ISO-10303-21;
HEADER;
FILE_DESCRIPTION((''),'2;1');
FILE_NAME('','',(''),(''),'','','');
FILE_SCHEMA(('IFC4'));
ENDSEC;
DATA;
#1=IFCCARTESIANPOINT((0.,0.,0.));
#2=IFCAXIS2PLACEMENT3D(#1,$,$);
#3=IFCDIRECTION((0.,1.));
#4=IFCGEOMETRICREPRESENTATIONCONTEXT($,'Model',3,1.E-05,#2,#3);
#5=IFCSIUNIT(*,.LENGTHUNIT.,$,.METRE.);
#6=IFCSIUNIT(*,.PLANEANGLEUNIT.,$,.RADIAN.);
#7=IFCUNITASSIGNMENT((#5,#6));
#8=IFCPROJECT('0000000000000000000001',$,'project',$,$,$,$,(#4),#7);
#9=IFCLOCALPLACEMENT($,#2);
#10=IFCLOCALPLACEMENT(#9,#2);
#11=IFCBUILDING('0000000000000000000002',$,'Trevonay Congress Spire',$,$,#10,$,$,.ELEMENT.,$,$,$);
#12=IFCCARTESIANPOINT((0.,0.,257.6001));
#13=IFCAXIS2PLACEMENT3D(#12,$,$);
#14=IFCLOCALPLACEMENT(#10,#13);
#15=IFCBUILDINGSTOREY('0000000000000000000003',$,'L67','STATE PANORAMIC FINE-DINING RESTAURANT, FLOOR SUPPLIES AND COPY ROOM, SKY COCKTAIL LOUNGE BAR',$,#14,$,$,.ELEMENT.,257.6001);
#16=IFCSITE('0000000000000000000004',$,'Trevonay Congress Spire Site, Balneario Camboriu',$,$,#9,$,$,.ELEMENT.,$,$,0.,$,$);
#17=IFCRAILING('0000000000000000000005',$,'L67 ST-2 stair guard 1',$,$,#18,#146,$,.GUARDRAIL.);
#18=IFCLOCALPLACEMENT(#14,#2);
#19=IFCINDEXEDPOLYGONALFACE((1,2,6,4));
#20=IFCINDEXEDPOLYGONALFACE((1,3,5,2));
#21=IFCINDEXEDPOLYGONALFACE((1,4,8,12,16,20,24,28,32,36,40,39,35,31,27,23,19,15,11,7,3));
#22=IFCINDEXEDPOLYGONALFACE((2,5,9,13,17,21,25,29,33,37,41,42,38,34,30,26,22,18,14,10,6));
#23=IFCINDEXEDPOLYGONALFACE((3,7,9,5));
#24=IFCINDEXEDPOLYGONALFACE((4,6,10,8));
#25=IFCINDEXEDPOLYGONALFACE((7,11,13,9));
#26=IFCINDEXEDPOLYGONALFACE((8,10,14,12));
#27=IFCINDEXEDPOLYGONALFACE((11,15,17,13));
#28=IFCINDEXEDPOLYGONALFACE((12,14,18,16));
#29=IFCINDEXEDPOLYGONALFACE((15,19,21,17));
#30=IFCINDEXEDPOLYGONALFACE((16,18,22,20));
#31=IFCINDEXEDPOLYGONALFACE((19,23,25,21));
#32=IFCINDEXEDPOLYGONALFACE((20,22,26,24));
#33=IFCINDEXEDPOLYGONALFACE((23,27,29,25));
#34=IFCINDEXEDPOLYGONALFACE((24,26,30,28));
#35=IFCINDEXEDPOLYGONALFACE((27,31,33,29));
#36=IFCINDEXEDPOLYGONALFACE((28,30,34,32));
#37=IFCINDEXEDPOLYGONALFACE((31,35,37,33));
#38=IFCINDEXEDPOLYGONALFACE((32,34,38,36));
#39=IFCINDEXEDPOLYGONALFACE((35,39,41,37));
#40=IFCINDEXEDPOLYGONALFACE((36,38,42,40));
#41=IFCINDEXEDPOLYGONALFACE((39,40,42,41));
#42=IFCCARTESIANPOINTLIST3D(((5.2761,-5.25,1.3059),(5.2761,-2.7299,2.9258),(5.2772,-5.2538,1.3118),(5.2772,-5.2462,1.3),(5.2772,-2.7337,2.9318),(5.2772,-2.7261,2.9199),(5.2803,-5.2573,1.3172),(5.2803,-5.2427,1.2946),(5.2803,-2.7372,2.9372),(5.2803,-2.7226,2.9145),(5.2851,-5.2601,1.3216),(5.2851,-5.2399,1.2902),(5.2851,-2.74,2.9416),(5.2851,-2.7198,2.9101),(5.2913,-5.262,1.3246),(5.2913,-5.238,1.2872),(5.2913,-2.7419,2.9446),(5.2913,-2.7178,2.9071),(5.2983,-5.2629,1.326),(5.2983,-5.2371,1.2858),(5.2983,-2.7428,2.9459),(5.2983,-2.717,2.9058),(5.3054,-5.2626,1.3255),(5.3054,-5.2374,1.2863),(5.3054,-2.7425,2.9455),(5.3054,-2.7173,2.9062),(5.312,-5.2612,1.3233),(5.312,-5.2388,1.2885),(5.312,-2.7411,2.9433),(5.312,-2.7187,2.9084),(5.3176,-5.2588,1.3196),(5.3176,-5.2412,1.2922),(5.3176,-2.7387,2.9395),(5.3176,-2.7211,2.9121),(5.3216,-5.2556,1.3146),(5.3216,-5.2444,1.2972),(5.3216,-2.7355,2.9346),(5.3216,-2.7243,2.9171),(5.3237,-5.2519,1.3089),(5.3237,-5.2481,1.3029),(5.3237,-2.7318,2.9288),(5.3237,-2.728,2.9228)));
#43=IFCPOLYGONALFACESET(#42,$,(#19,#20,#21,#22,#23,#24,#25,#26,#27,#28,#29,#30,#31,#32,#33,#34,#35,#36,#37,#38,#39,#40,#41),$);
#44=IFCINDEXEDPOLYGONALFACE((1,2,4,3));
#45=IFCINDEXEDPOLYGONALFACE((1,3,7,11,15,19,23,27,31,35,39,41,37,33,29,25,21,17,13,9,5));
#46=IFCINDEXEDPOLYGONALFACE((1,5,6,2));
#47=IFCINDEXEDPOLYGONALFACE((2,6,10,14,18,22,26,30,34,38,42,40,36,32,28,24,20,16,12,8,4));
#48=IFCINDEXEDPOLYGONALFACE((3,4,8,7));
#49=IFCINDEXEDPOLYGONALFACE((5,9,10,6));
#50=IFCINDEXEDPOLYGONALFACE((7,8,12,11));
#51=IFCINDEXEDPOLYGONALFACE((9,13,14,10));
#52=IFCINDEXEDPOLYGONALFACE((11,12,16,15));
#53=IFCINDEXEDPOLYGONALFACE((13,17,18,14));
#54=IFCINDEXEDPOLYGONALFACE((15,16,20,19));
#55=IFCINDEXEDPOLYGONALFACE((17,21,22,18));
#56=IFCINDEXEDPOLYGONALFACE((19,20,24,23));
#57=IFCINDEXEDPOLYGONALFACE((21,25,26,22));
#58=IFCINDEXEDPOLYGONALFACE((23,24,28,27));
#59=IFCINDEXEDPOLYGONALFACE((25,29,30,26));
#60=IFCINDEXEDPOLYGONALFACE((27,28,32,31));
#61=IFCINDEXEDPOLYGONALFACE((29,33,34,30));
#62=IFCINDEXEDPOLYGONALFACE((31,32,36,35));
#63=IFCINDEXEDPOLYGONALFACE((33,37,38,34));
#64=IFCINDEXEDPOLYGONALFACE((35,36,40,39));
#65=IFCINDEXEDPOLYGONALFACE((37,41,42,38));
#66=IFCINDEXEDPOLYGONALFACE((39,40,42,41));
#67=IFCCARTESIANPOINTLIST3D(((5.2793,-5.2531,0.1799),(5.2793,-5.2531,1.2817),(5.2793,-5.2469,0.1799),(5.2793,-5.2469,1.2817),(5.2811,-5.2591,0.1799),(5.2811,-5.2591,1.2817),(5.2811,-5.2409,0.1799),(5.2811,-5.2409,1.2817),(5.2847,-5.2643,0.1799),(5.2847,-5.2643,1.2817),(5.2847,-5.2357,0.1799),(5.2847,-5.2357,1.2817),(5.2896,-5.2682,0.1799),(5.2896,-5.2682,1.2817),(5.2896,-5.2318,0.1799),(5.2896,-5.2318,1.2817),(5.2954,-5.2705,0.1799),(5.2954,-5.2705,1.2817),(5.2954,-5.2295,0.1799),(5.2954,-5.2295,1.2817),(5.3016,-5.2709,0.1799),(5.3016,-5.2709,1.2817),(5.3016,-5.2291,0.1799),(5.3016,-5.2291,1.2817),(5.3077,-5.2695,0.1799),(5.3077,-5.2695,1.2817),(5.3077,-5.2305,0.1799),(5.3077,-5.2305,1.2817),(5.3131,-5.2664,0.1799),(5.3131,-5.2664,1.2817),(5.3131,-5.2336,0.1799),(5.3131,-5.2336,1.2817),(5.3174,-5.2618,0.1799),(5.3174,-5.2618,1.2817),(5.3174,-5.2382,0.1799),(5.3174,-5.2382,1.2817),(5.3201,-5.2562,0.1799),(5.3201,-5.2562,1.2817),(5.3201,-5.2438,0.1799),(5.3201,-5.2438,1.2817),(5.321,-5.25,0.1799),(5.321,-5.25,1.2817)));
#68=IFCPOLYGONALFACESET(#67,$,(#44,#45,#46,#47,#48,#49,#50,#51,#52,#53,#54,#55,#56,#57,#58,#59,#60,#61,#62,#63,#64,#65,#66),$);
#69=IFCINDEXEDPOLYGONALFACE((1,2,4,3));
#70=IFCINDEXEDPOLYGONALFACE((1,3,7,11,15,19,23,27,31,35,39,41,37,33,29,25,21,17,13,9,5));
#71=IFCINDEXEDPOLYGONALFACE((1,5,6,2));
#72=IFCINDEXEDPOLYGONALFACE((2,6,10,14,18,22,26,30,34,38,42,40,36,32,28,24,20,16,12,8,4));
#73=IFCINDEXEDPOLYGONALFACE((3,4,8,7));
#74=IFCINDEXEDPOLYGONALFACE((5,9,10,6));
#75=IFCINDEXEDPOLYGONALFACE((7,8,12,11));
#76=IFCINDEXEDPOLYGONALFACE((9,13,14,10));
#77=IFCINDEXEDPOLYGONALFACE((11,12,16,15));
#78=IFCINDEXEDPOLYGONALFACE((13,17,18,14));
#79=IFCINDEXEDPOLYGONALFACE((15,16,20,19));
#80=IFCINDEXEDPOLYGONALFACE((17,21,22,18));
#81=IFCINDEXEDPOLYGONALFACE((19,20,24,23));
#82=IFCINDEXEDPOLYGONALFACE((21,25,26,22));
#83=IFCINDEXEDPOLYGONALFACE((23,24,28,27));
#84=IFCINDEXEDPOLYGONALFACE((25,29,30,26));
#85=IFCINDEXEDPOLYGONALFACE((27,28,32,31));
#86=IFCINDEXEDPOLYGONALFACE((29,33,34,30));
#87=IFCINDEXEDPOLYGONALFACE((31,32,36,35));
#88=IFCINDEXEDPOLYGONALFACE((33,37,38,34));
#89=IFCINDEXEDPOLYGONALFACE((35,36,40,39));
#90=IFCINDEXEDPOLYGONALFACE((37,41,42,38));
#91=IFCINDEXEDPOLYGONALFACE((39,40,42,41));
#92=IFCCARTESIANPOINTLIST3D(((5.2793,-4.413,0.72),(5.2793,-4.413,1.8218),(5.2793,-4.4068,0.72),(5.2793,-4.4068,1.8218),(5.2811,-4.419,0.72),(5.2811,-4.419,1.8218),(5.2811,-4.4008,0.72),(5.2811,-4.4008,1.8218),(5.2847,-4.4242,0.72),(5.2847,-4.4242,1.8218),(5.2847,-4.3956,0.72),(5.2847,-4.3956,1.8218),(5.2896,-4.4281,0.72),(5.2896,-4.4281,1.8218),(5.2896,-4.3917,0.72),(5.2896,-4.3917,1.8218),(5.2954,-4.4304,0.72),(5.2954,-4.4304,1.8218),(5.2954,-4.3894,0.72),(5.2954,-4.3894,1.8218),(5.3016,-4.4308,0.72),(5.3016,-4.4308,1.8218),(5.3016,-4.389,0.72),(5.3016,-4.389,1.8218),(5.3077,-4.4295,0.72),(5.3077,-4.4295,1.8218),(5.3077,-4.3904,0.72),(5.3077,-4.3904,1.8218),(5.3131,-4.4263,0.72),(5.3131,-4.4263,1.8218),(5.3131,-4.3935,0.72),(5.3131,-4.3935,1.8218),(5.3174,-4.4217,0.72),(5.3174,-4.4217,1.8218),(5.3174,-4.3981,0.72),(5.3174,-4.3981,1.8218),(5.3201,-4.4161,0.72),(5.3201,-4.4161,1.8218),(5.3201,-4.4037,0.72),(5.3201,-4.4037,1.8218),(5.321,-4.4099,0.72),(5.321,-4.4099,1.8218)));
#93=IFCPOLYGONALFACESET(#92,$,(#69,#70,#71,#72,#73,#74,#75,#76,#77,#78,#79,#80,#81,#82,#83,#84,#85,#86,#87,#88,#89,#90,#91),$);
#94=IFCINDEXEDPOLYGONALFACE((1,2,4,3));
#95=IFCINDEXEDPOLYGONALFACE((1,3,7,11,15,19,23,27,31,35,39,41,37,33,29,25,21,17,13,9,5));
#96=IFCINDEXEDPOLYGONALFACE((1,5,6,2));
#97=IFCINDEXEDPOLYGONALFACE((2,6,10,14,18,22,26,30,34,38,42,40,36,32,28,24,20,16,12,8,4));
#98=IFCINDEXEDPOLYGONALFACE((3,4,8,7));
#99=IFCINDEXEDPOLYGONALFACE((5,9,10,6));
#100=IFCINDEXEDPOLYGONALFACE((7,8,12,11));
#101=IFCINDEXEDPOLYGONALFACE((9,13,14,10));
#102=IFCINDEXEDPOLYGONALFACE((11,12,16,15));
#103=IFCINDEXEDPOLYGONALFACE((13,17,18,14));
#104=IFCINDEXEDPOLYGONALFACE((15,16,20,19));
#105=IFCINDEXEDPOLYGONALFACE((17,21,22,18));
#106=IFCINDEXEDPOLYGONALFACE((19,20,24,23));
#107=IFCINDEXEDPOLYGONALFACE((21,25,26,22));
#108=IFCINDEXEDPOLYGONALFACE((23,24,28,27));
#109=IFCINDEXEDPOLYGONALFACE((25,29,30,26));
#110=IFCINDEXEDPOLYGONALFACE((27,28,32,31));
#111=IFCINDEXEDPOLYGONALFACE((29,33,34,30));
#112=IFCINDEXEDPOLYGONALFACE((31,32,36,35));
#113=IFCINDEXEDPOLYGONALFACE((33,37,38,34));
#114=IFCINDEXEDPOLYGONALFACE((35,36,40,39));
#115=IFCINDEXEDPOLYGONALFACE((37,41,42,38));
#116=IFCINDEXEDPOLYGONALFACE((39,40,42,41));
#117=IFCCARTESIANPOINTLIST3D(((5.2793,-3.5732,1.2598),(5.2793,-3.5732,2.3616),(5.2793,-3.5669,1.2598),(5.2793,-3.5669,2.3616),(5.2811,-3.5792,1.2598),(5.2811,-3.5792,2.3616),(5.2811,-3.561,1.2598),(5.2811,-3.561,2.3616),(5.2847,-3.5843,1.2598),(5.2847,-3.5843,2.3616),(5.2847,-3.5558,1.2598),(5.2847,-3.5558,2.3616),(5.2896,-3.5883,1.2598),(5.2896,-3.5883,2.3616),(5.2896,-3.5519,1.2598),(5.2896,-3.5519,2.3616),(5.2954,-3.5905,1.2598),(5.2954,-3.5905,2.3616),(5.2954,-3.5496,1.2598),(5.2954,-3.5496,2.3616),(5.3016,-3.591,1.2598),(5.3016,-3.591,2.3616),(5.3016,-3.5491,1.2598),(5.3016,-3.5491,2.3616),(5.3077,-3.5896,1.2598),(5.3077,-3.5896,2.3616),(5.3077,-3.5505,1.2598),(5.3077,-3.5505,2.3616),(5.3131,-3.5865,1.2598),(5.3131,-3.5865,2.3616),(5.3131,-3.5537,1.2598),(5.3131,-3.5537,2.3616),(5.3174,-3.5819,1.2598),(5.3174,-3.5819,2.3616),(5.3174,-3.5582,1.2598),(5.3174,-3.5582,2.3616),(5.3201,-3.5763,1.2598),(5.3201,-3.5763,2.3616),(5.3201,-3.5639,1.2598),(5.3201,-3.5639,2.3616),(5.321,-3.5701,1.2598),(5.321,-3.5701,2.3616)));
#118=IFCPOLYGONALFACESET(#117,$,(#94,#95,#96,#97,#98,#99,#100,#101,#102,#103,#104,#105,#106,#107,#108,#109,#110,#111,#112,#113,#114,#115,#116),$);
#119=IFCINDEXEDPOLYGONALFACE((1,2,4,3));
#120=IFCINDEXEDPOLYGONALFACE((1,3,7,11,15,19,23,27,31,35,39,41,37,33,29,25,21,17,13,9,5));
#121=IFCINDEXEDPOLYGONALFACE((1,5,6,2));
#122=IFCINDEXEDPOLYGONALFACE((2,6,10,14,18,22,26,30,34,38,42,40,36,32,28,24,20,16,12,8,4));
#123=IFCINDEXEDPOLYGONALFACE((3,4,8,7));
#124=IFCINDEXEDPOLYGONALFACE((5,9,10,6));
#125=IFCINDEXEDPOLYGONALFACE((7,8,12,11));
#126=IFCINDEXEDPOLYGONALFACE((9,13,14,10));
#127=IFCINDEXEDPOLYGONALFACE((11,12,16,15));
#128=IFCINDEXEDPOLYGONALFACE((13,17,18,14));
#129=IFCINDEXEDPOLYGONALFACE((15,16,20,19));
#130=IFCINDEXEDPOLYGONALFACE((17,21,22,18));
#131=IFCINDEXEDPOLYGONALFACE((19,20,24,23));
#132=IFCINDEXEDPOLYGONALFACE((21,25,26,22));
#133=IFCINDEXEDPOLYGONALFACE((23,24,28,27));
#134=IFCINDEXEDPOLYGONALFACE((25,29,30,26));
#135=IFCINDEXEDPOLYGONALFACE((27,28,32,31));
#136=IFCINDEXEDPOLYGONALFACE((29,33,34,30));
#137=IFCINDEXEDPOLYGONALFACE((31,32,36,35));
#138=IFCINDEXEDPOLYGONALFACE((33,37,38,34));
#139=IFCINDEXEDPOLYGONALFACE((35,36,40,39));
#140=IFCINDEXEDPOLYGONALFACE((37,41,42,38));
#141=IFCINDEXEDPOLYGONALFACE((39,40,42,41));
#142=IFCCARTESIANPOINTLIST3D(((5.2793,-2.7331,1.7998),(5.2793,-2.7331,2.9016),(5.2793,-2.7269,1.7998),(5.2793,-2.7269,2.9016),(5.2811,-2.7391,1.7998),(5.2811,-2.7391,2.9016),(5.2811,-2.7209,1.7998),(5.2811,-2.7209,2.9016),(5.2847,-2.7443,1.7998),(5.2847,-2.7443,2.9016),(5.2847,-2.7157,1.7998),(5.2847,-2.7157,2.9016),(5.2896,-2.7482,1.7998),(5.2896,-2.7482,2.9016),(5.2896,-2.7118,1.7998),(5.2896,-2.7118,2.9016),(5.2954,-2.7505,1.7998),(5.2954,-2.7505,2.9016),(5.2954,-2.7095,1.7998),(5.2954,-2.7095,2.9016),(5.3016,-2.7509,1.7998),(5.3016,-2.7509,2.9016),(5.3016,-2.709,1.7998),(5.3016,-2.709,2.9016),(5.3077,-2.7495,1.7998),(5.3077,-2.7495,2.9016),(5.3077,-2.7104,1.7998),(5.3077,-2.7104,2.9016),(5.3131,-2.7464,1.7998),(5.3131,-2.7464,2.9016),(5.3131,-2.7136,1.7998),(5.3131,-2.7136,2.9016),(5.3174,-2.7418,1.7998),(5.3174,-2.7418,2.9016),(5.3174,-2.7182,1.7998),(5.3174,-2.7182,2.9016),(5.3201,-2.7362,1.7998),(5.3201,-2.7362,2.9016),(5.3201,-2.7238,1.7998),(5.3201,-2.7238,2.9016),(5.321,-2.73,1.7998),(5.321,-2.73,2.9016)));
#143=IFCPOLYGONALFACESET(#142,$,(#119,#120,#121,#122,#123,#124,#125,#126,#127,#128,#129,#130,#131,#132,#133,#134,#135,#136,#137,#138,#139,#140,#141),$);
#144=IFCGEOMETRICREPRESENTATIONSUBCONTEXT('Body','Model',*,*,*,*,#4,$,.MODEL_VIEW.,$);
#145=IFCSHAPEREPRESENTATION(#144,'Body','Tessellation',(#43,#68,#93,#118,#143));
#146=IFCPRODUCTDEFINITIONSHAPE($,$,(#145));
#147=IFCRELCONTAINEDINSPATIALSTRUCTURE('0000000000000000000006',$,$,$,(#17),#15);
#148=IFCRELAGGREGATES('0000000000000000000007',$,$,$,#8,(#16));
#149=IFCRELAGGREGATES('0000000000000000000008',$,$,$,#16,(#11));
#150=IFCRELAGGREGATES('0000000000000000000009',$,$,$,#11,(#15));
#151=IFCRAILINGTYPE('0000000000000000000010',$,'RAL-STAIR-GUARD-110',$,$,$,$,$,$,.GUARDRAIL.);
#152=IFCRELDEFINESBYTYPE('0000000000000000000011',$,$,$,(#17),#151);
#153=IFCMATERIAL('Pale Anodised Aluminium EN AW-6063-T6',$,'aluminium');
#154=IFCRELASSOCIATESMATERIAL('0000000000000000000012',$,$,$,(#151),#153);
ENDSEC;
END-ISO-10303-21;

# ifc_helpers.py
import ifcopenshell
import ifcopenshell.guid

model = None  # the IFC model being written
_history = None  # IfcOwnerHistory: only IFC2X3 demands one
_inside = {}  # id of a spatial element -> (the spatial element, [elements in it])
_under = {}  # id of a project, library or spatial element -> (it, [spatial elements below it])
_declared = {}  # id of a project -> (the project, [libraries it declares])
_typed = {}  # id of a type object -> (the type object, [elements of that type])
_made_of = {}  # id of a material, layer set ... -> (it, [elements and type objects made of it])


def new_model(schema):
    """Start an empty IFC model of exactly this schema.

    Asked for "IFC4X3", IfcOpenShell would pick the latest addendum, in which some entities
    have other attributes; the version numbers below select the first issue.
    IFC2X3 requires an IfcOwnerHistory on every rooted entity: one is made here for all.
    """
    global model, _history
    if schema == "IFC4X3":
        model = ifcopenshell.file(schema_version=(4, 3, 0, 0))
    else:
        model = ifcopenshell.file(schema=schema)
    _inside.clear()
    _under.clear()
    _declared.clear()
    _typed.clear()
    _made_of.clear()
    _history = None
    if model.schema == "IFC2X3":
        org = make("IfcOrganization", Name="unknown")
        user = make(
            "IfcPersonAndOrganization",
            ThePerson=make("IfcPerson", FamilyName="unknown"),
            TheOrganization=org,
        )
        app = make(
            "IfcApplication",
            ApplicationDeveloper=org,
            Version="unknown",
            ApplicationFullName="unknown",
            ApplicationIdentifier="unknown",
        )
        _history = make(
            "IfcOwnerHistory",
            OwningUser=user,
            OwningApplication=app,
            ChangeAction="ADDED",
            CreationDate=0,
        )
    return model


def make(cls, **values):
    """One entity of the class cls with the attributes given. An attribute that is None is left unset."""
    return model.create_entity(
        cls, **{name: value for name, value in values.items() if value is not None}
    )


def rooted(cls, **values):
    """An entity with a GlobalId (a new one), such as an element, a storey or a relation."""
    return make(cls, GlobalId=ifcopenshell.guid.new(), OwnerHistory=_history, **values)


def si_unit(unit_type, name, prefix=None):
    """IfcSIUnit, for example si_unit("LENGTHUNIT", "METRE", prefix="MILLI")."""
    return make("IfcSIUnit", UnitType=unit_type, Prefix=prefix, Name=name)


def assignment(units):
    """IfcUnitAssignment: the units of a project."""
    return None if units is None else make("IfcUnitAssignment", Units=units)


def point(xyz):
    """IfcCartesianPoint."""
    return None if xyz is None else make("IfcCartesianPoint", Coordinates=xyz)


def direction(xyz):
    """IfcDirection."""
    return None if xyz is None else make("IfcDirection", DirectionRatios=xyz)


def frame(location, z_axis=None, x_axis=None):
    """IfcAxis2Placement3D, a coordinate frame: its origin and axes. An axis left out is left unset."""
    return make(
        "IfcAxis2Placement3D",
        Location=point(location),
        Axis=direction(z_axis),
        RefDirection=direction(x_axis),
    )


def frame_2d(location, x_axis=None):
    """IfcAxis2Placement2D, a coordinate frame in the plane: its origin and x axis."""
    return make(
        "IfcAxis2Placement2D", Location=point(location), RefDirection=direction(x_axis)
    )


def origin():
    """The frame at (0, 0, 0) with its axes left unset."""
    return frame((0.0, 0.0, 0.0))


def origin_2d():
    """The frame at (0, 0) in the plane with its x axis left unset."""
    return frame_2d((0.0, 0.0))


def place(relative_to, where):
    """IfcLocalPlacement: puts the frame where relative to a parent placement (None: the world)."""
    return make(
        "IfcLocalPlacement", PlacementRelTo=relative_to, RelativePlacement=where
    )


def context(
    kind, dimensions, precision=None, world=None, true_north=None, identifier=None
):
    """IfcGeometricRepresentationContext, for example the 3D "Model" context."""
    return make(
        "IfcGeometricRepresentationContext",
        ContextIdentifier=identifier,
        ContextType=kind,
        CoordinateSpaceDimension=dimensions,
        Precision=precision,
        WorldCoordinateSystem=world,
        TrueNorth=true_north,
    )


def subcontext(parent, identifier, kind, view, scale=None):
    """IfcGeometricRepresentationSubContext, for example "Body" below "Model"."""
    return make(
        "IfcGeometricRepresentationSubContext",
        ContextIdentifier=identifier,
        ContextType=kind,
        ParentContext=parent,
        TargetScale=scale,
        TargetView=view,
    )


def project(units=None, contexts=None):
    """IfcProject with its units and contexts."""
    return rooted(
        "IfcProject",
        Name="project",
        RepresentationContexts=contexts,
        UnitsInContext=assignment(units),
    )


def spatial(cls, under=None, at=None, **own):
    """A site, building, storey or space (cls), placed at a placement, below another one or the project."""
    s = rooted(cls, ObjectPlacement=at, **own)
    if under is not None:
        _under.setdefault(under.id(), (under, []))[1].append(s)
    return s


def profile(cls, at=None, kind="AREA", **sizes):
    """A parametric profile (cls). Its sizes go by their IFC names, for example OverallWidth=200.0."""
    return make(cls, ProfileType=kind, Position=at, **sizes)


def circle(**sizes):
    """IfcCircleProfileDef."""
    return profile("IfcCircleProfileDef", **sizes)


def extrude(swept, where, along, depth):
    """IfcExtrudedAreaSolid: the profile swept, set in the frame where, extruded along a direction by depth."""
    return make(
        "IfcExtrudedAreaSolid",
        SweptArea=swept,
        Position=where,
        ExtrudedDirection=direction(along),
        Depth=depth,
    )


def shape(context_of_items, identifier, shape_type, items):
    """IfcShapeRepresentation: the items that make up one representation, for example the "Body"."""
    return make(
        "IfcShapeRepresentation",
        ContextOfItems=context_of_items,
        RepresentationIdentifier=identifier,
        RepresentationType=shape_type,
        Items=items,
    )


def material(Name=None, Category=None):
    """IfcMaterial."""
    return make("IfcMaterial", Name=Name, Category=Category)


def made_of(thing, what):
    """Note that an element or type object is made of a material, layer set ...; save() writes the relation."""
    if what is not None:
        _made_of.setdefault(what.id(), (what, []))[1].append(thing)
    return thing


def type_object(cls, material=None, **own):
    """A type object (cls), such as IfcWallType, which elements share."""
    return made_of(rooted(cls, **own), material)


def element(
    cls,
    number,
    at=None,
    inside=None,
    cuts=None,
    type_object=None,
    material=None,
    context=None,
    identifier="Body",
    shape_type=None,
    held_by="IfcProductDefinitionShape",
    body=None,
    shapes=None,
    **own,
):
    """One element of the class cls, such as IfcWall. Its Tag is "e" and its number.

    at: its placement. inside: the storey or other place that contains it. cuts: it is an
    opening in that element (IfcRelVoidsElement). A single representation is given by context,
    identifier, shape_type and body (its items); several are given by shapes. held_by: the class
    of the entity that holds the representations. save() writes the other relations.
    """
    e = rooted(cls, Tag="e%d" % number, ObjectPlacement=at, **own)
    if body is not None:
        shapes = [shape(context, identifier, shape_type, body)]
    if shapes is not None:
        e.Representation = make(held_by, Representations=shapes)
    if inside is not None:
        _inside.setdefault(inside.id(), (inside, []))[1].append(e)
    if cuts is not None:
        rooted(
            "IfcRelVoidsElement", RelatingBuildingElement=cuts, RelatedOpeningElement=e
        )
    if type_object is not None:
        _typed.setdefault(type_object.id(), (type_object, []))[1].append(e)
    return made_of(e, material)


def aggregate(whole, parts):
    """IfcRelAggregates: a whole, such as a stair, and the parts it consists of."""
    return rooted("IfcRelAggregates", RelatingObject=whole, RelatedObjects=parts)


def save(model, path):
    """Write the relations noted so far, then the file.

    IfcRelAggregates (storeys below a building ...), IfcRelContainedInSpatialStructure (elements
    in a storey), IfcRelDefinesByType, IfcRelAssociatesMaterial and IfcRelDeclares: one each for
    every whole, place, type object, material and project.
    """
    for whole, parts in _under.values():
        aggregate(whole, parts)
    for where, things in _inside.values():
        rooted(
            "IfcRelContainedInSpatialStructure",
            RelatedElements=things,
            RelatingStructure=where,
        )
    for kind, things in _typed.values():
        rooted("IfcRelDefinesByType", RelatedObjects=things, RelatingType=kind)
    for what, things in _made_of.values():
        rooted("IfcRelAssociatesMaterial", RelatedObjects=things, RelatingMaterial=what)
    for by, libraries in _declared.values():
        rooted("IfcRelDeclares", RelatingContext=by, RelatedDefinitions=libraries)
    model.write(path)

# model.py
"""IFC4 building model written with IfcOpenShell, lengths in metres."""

from ifc_helpers import new_model, si_unit, direction, frame, origin, origin_2d, place, context, subcontext, project, spatial, circle, extrude, material, type_object, element, save


model = new_model("IFC4")

# Units and contexts
model_context = context("Model", 3, precision=1e-05, world=origin(), true_north=direction((0.0, 1.0)))
body_context = subcontext(model_context, "Body", "Model", "MODEL_VIEW")
ifc_project = project(units=[si_unit("LENGTHUNIT", "METRE"), si_unit("PLANEANGLEUNIT", "RADIAN")], contexts=[model_context])

# Site, building, storey
site_placement = place(None, origin())
site = spatial("IfcSite", under=ifc_project, at=site_placement, Name="Trevonay Congress Spire Site, Balneario Camboriu", CompositionType="ELEMENT", RefElevation=0.0)
building_placement = place(site_placement, origin())
building = spatial("IfcBuilding", under=site, at=building_placement, Name="Trevonay Congress Spire", CompositionType="ELEMENT")
storey_placement = place(building_placement, frame((0.0, 0.0, 257.6001)))
storey = spatial("IfcBuildingStorey", under=building, at=storey_placement, Name="L67", Description="STATE PANORAMIC FINE-DINING RESTAURANT, FLOOR SUPPLIES AND COPY ROOM, SKY COCKTAIL LOUNGE BAR", CompositionType="ELEMENT", Elevation=257.6001)

# Shared definitions
ifc_material_1 = material(Name="Pale Anodised Aluminium EN AW-6063-T6", Category="aluminium")

# Railing
railing_type_1 = type_object("IfcRailingType", Name="RAL-STAIR-GUARD-110", PredefinedType="GUARDRAIL", material=ifc_material_1)
railing_1_placement = place(storey_placement, frame((5.3, -5.25, 0.1799)))
element("IfcRailing", 1, at=railing_1_placement, inside=storey, type_object=railing_type_1, Name="L67 ST-2 stair guard 1", PredefinedType="GUARDRAIL", context=body_context, shape_type="SweptSolid", body=[
    extrude(circle(Radius=0.0239, at=origin_2d()), frame((0.0, 0.0, 1.126), z_axis=(0.0, 0.8412, 0.540725), x_axis=(-1.0, 0.0, 0.0)), (0.0, 0.0, 1.0), 2.9958),
    extrude(circle(Radius=0.021, at=origin_2d()), origin(), (0.0, 0.0, 1.0), 1.1018),
    extrude(circle(Radius=0.021, at=origin_2d()), frame((0.0, 0.8401, 0.54)), (0.0, 0.0, 1.0), 1.1018),
    extrude(circle(Radius=0.021, at=origin_2d()), frame((0.0, 1.6799, 1.0798)), (0.0, 0.0, 1.0), 1.1018),
    extrude(circle(Radius=0.021, at=origin_2d()), frame((0.0, 2.52, 1.6199)), (0.0, 0.0, 1.0), 1.1018),
])

save(model, "model.ifc")
